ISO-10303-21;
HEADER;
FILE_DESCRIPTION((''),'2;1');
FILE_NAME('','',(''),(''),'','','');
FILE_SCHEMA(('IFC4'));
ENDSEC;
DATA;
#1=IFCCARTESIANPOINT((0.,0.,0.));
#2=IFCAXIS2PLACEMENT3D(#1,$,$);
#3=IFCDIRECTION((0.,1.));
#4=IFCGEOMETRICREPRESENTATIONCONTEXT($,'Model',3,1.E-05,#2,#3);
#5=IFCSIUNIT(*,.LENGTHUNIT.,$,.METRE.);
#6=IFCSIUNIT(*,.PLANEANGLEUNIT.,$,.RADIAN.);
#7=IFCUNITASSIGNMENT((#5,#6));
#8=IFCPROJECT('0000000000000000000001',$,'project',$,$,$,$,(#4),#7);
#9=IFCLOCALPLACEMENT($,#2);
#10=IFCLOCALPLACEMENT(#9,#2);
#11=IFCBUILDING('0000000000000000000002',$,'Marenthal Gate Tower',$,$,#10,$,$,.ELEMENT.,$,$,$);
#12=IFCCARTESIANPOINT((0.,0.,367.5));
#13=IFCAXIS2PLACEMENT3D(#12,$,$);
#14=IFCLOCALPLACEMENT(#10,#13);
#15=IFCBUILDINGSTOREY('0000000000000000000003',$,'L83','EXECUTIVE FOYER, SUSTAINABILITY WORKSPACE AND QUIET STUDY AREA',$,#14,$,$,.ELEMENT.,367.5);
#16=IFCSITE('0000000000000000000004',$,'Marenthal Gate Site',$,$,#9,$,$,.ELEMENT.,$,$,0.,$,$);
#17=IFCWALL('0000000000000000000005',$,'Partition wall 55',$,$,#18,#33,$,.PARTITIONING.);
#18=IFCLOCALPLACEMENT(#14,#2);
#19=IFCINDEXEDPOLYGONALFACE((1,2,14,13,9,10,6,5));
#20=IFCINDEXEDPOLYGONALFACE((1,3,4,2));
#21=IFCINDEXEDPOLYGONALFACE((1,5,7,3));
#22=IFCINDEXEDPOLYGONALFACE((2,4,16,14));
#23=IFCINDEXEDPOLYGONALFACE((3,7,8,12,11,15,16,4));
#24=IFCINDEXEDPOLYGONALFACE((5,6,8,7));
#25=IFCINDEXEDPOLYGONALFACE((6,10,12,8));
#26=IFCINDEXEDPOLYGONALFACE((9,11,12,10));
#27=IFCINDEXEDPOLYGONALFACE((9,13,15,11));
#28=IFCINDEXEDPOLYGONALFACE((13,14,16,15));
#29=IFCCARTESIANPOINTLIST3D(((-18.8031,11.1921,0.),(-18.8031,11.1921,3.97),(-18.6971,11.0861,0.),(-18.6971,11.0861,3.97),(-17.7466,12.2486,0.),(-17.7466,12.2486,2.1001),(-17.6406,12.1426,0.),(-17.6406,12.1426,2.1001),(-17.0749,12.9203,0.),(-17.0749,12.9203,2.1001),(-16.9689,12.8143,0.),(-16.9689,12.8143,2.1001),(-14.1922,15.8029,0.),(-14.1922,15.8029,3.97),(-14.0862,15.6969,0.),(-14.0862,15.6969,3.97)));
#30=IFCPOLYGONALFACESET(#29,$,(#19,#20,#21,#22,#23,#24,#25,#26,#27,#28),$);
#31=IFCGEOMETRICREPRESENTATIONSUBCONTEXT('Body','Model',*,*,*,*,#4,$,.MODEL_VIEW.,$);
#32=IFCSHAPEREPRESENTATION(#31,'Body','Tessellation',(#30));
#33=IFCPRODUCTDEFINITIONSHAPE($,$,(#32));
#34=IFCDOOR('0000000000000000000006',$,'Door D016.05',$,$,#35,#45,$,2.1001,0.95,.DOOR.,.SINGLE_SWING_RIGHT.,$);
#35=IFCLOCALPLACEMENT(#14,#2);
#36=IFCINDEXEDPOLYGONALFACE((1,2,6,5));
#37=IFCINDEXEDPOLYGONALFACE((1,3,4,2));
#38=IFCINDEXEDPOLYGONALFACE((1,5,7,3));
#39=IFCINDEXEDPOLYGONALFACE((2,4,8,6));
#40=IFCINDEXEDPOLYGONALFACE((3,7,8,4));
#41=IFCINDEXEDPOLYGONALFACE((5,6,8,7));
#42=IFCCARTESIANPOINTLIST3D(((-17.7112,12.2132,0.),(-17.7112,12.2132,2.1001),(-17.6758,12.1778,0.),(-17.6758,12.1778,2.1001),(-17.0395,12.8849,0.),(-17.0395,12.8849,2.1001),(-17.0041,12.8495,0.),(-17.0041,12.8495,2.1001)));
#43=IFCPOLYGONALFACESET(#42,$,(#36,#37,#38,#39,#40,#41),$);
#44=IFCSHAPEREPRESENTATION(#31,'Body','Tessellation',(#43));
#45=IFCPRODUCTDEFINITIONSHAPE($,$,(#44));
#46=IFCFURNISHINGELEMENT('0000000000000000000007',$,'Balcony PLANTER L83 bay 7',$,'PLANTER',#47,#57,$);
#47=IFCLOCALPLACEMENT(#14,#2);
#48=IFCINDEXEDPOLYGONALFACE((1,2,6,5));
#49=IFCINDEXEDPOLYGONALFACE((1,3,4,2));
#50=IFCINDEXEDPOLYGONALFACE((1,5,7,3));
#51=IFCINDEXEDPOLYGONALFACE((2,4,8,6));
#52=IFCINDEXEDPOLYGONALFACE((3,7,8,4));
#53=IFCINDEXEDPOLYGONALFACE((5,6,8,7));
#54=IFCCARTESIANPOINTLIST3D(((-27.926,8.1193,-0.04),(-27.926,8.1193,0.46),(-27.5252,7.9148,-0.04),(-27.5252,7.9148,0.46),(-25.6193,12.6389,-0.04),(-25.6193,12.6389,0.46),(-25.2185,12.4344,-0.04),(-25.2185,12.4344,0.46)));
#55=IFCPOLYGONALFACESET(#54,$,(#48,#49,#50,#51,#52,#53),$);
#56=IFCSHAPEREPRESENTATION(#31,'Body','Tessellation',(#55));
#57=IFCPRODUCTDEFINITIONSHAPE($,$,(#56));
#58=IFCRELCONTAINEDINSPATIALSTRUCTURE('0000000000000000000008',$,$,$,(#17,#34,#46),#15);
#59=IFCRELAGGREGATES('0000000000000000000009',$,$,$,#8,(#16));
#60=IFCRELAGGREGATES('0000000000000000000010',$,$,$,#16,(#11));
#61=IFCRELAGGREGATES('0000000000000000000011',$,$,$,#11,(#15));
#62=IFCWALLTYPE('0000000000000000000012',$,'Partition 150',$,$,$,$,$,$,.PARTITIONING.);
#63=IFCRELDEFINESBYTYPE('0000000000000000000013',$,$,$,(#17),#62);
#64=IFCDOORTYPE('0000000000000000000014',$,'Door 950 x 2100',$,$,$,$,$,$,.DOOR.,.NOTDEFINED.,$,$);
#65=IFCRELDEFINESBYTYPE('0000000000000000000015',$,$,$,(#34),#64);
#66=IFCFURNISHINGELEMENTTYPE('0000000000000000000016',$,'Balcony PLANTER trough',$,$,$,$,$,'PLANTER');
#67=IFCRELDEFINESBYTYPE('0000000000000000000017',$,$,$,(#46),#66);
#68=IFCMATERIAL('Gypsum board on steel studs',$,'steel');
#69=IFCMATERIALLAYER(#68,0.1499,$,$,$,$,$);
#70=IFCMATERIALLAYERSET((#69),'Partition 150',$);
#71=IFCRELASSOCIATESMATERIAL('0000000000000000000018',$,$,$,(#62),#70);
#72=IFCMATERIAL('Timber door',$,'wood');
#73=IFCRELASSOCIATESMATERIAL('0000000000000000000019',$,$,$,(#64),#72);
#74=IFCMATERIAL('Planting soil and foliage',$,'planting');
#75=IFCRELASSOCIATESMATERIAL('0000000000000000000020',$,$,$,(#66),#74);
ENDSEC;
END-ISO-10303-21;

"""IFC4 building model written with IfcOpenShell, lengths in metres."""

from ifc_helpers import new_model, si_unit, direction, frame, frame_2d, origin, origin_2d, place, context, subcontext, project, spatial, rectangle, extrude, material, layer, layer_set, type_object, element, fill, save


model = new_model("IFC4")

# Units and contexts
model_context = context("Model", 3, precision=1e-05, world=origin(), true_north=direction((0.0, 1.0)))
body_context = subcontext(model_context, "Body", "Model", "MODEL_VIEW")
ifc_project = project(units=[si_unit("LENGTHUNIT", "METRE"), si_unit("PLANEANGLEUNIT", "RADIAN")], contexts=[model_context])

# Site, building, storey
site_placement = place(None, origin())
site = spatial("IfcSite", under=ifc_project, at=site_placement, Name="Marenthal Gate Site", CompositionType="ELEMENT", RefElevation=0.0)
building_placement = place(site_placement, origin())
building = spatial("IfcBuilding", under=site, at=building_placement, Name="Marenthal Gate Tower", CompositionType="ELEMENT")
storey_placement = place(building_placement, frame((0.0, 0.0, 367.5)))
storey = spatial("IfcBuildingStorey", under=building, at=storey_placement, Name="L83", Description="EXECUTIVE FOYER, SUSTAINABILITY WORKSPACE AND QUIET STUDY AREA", CompositionType="ELEMENT", Elevation=367.5)

# Wall, opening, door
ifc_material_1 = material(Name="Gypsum board on steel studs", Category="steel")
ifc_layer_1 = layer(ifc_material_1, 0.1499)
ifc_layer_set_1 = layer_set([ifc_layer_1], Name="Partition 150")
wall_type_1 = type_object("IfcWallType", Name="Partition 150", PredefinedType="PARTITIONING", material=ifc_layer_set_1)
wall_1_placement = place(storey_placement, frame((-18.75, 11.1392, 0.0), z_axis=(0.0, 0.0, 1.0), x_axis=(0.707107, 0.707107, 0.0)))
wall_1 = element("IfcWall", 1, at=wall_1_placement, inside=storey, type_object=wall_type_1, Name="Partition wall 55", PredefinedType="PARTITIONING", context=body_context, shape_type="SweptSolid", body=[
    extrude(rectangle(XDim=6.5208, YDim=0.1499, at=frame_2d((3.2603, 0.0))), origin(), (0.0, 0.0, 1.0), 3.97),
])
opening_1_placement = place(wall_1_placement, frame((1.4939, 0.0, 0.0)))
opening_1 = element("IfcOpeningElement", 2, at=opening_1_placement, cuts=wall_1, PredefinedType="OPENING", context=body_context, shape_type="SweptSolid", body=[
    extrude(rectangle(XDim=0.95, YDim=2.1001, at=frame_2d((0.4751, 1.05))), frame((0.0, 0.085, 0.0), z_axis=(0.0, -1.0, 0.0), x_axis=(1.0, 0.0, 0.0)), (0.0, 0.0, 1.0), 0.1699),
])
ifc_material_2 = material(Name="Timber door", Category="wood")
door_type_1 = type_object("IfcDoorType", Name="Door 950 x 2100", OperationType="NOTDEFINED", PredefinedType="DOOR", material=ifc_material_2)
door_1_placement = place(opening_1_placement, origin())
door_1 = element("IfcDoor", 3, at=door_1_placement, inside=storey, type_object=door_type_1, Name="Door D016.05", OperationType="SINGLE_SWING_RIGHT", OverallHeight=2.1001, OverallWidth=0.95, PredefinedType="DOOR", context=body_context, shape_type="SweptSolid", body=[
    extrude(rectangle(XDim=0.95, YDim=2.1001, at=frame_2d((0.4751, 1.05))), frame((0.0, 0.0249, 0.0), z_axis=(0.0, -1.0, 0.0), x_axis=(1.0, 0.0, 0.0)), (0.0, 0.0, 1.0), 0.05),
])
fill(opening_1, door_1)

# Furnishing element
ifc_material_3 = material(Name="Planting soil and foliage", Category="planting")
furnishing_element_type = type_object("IfcFurnishingElementType", Name="Balcony PLANTER trough", ElementType="PLANTER", material=ifc_material_3)
furnishing_placement = place(storey_placement, frame((-26.5723, 10.2769, -0.04), z_axis=(0.0, 0.0, 1.0), x_axis=(-0.454596, -0.890698, 0.0)))
element("IfcFurnishingElement", 4, at=furnishing_placement, inside=storey, type_object=furnishing_element_type, Name="Balcony PLANTER L83 bay 7", ObjectType="PLANTER", context=body_context, shape_type="SweptSolid", body=[
    extrude(rectangle(XDim=5.0742, YDim=0.45, at=origin_2d()), origin(), (0.0, 0.0, 1.0), 0.5),
])

save(model, "model.ifc")
